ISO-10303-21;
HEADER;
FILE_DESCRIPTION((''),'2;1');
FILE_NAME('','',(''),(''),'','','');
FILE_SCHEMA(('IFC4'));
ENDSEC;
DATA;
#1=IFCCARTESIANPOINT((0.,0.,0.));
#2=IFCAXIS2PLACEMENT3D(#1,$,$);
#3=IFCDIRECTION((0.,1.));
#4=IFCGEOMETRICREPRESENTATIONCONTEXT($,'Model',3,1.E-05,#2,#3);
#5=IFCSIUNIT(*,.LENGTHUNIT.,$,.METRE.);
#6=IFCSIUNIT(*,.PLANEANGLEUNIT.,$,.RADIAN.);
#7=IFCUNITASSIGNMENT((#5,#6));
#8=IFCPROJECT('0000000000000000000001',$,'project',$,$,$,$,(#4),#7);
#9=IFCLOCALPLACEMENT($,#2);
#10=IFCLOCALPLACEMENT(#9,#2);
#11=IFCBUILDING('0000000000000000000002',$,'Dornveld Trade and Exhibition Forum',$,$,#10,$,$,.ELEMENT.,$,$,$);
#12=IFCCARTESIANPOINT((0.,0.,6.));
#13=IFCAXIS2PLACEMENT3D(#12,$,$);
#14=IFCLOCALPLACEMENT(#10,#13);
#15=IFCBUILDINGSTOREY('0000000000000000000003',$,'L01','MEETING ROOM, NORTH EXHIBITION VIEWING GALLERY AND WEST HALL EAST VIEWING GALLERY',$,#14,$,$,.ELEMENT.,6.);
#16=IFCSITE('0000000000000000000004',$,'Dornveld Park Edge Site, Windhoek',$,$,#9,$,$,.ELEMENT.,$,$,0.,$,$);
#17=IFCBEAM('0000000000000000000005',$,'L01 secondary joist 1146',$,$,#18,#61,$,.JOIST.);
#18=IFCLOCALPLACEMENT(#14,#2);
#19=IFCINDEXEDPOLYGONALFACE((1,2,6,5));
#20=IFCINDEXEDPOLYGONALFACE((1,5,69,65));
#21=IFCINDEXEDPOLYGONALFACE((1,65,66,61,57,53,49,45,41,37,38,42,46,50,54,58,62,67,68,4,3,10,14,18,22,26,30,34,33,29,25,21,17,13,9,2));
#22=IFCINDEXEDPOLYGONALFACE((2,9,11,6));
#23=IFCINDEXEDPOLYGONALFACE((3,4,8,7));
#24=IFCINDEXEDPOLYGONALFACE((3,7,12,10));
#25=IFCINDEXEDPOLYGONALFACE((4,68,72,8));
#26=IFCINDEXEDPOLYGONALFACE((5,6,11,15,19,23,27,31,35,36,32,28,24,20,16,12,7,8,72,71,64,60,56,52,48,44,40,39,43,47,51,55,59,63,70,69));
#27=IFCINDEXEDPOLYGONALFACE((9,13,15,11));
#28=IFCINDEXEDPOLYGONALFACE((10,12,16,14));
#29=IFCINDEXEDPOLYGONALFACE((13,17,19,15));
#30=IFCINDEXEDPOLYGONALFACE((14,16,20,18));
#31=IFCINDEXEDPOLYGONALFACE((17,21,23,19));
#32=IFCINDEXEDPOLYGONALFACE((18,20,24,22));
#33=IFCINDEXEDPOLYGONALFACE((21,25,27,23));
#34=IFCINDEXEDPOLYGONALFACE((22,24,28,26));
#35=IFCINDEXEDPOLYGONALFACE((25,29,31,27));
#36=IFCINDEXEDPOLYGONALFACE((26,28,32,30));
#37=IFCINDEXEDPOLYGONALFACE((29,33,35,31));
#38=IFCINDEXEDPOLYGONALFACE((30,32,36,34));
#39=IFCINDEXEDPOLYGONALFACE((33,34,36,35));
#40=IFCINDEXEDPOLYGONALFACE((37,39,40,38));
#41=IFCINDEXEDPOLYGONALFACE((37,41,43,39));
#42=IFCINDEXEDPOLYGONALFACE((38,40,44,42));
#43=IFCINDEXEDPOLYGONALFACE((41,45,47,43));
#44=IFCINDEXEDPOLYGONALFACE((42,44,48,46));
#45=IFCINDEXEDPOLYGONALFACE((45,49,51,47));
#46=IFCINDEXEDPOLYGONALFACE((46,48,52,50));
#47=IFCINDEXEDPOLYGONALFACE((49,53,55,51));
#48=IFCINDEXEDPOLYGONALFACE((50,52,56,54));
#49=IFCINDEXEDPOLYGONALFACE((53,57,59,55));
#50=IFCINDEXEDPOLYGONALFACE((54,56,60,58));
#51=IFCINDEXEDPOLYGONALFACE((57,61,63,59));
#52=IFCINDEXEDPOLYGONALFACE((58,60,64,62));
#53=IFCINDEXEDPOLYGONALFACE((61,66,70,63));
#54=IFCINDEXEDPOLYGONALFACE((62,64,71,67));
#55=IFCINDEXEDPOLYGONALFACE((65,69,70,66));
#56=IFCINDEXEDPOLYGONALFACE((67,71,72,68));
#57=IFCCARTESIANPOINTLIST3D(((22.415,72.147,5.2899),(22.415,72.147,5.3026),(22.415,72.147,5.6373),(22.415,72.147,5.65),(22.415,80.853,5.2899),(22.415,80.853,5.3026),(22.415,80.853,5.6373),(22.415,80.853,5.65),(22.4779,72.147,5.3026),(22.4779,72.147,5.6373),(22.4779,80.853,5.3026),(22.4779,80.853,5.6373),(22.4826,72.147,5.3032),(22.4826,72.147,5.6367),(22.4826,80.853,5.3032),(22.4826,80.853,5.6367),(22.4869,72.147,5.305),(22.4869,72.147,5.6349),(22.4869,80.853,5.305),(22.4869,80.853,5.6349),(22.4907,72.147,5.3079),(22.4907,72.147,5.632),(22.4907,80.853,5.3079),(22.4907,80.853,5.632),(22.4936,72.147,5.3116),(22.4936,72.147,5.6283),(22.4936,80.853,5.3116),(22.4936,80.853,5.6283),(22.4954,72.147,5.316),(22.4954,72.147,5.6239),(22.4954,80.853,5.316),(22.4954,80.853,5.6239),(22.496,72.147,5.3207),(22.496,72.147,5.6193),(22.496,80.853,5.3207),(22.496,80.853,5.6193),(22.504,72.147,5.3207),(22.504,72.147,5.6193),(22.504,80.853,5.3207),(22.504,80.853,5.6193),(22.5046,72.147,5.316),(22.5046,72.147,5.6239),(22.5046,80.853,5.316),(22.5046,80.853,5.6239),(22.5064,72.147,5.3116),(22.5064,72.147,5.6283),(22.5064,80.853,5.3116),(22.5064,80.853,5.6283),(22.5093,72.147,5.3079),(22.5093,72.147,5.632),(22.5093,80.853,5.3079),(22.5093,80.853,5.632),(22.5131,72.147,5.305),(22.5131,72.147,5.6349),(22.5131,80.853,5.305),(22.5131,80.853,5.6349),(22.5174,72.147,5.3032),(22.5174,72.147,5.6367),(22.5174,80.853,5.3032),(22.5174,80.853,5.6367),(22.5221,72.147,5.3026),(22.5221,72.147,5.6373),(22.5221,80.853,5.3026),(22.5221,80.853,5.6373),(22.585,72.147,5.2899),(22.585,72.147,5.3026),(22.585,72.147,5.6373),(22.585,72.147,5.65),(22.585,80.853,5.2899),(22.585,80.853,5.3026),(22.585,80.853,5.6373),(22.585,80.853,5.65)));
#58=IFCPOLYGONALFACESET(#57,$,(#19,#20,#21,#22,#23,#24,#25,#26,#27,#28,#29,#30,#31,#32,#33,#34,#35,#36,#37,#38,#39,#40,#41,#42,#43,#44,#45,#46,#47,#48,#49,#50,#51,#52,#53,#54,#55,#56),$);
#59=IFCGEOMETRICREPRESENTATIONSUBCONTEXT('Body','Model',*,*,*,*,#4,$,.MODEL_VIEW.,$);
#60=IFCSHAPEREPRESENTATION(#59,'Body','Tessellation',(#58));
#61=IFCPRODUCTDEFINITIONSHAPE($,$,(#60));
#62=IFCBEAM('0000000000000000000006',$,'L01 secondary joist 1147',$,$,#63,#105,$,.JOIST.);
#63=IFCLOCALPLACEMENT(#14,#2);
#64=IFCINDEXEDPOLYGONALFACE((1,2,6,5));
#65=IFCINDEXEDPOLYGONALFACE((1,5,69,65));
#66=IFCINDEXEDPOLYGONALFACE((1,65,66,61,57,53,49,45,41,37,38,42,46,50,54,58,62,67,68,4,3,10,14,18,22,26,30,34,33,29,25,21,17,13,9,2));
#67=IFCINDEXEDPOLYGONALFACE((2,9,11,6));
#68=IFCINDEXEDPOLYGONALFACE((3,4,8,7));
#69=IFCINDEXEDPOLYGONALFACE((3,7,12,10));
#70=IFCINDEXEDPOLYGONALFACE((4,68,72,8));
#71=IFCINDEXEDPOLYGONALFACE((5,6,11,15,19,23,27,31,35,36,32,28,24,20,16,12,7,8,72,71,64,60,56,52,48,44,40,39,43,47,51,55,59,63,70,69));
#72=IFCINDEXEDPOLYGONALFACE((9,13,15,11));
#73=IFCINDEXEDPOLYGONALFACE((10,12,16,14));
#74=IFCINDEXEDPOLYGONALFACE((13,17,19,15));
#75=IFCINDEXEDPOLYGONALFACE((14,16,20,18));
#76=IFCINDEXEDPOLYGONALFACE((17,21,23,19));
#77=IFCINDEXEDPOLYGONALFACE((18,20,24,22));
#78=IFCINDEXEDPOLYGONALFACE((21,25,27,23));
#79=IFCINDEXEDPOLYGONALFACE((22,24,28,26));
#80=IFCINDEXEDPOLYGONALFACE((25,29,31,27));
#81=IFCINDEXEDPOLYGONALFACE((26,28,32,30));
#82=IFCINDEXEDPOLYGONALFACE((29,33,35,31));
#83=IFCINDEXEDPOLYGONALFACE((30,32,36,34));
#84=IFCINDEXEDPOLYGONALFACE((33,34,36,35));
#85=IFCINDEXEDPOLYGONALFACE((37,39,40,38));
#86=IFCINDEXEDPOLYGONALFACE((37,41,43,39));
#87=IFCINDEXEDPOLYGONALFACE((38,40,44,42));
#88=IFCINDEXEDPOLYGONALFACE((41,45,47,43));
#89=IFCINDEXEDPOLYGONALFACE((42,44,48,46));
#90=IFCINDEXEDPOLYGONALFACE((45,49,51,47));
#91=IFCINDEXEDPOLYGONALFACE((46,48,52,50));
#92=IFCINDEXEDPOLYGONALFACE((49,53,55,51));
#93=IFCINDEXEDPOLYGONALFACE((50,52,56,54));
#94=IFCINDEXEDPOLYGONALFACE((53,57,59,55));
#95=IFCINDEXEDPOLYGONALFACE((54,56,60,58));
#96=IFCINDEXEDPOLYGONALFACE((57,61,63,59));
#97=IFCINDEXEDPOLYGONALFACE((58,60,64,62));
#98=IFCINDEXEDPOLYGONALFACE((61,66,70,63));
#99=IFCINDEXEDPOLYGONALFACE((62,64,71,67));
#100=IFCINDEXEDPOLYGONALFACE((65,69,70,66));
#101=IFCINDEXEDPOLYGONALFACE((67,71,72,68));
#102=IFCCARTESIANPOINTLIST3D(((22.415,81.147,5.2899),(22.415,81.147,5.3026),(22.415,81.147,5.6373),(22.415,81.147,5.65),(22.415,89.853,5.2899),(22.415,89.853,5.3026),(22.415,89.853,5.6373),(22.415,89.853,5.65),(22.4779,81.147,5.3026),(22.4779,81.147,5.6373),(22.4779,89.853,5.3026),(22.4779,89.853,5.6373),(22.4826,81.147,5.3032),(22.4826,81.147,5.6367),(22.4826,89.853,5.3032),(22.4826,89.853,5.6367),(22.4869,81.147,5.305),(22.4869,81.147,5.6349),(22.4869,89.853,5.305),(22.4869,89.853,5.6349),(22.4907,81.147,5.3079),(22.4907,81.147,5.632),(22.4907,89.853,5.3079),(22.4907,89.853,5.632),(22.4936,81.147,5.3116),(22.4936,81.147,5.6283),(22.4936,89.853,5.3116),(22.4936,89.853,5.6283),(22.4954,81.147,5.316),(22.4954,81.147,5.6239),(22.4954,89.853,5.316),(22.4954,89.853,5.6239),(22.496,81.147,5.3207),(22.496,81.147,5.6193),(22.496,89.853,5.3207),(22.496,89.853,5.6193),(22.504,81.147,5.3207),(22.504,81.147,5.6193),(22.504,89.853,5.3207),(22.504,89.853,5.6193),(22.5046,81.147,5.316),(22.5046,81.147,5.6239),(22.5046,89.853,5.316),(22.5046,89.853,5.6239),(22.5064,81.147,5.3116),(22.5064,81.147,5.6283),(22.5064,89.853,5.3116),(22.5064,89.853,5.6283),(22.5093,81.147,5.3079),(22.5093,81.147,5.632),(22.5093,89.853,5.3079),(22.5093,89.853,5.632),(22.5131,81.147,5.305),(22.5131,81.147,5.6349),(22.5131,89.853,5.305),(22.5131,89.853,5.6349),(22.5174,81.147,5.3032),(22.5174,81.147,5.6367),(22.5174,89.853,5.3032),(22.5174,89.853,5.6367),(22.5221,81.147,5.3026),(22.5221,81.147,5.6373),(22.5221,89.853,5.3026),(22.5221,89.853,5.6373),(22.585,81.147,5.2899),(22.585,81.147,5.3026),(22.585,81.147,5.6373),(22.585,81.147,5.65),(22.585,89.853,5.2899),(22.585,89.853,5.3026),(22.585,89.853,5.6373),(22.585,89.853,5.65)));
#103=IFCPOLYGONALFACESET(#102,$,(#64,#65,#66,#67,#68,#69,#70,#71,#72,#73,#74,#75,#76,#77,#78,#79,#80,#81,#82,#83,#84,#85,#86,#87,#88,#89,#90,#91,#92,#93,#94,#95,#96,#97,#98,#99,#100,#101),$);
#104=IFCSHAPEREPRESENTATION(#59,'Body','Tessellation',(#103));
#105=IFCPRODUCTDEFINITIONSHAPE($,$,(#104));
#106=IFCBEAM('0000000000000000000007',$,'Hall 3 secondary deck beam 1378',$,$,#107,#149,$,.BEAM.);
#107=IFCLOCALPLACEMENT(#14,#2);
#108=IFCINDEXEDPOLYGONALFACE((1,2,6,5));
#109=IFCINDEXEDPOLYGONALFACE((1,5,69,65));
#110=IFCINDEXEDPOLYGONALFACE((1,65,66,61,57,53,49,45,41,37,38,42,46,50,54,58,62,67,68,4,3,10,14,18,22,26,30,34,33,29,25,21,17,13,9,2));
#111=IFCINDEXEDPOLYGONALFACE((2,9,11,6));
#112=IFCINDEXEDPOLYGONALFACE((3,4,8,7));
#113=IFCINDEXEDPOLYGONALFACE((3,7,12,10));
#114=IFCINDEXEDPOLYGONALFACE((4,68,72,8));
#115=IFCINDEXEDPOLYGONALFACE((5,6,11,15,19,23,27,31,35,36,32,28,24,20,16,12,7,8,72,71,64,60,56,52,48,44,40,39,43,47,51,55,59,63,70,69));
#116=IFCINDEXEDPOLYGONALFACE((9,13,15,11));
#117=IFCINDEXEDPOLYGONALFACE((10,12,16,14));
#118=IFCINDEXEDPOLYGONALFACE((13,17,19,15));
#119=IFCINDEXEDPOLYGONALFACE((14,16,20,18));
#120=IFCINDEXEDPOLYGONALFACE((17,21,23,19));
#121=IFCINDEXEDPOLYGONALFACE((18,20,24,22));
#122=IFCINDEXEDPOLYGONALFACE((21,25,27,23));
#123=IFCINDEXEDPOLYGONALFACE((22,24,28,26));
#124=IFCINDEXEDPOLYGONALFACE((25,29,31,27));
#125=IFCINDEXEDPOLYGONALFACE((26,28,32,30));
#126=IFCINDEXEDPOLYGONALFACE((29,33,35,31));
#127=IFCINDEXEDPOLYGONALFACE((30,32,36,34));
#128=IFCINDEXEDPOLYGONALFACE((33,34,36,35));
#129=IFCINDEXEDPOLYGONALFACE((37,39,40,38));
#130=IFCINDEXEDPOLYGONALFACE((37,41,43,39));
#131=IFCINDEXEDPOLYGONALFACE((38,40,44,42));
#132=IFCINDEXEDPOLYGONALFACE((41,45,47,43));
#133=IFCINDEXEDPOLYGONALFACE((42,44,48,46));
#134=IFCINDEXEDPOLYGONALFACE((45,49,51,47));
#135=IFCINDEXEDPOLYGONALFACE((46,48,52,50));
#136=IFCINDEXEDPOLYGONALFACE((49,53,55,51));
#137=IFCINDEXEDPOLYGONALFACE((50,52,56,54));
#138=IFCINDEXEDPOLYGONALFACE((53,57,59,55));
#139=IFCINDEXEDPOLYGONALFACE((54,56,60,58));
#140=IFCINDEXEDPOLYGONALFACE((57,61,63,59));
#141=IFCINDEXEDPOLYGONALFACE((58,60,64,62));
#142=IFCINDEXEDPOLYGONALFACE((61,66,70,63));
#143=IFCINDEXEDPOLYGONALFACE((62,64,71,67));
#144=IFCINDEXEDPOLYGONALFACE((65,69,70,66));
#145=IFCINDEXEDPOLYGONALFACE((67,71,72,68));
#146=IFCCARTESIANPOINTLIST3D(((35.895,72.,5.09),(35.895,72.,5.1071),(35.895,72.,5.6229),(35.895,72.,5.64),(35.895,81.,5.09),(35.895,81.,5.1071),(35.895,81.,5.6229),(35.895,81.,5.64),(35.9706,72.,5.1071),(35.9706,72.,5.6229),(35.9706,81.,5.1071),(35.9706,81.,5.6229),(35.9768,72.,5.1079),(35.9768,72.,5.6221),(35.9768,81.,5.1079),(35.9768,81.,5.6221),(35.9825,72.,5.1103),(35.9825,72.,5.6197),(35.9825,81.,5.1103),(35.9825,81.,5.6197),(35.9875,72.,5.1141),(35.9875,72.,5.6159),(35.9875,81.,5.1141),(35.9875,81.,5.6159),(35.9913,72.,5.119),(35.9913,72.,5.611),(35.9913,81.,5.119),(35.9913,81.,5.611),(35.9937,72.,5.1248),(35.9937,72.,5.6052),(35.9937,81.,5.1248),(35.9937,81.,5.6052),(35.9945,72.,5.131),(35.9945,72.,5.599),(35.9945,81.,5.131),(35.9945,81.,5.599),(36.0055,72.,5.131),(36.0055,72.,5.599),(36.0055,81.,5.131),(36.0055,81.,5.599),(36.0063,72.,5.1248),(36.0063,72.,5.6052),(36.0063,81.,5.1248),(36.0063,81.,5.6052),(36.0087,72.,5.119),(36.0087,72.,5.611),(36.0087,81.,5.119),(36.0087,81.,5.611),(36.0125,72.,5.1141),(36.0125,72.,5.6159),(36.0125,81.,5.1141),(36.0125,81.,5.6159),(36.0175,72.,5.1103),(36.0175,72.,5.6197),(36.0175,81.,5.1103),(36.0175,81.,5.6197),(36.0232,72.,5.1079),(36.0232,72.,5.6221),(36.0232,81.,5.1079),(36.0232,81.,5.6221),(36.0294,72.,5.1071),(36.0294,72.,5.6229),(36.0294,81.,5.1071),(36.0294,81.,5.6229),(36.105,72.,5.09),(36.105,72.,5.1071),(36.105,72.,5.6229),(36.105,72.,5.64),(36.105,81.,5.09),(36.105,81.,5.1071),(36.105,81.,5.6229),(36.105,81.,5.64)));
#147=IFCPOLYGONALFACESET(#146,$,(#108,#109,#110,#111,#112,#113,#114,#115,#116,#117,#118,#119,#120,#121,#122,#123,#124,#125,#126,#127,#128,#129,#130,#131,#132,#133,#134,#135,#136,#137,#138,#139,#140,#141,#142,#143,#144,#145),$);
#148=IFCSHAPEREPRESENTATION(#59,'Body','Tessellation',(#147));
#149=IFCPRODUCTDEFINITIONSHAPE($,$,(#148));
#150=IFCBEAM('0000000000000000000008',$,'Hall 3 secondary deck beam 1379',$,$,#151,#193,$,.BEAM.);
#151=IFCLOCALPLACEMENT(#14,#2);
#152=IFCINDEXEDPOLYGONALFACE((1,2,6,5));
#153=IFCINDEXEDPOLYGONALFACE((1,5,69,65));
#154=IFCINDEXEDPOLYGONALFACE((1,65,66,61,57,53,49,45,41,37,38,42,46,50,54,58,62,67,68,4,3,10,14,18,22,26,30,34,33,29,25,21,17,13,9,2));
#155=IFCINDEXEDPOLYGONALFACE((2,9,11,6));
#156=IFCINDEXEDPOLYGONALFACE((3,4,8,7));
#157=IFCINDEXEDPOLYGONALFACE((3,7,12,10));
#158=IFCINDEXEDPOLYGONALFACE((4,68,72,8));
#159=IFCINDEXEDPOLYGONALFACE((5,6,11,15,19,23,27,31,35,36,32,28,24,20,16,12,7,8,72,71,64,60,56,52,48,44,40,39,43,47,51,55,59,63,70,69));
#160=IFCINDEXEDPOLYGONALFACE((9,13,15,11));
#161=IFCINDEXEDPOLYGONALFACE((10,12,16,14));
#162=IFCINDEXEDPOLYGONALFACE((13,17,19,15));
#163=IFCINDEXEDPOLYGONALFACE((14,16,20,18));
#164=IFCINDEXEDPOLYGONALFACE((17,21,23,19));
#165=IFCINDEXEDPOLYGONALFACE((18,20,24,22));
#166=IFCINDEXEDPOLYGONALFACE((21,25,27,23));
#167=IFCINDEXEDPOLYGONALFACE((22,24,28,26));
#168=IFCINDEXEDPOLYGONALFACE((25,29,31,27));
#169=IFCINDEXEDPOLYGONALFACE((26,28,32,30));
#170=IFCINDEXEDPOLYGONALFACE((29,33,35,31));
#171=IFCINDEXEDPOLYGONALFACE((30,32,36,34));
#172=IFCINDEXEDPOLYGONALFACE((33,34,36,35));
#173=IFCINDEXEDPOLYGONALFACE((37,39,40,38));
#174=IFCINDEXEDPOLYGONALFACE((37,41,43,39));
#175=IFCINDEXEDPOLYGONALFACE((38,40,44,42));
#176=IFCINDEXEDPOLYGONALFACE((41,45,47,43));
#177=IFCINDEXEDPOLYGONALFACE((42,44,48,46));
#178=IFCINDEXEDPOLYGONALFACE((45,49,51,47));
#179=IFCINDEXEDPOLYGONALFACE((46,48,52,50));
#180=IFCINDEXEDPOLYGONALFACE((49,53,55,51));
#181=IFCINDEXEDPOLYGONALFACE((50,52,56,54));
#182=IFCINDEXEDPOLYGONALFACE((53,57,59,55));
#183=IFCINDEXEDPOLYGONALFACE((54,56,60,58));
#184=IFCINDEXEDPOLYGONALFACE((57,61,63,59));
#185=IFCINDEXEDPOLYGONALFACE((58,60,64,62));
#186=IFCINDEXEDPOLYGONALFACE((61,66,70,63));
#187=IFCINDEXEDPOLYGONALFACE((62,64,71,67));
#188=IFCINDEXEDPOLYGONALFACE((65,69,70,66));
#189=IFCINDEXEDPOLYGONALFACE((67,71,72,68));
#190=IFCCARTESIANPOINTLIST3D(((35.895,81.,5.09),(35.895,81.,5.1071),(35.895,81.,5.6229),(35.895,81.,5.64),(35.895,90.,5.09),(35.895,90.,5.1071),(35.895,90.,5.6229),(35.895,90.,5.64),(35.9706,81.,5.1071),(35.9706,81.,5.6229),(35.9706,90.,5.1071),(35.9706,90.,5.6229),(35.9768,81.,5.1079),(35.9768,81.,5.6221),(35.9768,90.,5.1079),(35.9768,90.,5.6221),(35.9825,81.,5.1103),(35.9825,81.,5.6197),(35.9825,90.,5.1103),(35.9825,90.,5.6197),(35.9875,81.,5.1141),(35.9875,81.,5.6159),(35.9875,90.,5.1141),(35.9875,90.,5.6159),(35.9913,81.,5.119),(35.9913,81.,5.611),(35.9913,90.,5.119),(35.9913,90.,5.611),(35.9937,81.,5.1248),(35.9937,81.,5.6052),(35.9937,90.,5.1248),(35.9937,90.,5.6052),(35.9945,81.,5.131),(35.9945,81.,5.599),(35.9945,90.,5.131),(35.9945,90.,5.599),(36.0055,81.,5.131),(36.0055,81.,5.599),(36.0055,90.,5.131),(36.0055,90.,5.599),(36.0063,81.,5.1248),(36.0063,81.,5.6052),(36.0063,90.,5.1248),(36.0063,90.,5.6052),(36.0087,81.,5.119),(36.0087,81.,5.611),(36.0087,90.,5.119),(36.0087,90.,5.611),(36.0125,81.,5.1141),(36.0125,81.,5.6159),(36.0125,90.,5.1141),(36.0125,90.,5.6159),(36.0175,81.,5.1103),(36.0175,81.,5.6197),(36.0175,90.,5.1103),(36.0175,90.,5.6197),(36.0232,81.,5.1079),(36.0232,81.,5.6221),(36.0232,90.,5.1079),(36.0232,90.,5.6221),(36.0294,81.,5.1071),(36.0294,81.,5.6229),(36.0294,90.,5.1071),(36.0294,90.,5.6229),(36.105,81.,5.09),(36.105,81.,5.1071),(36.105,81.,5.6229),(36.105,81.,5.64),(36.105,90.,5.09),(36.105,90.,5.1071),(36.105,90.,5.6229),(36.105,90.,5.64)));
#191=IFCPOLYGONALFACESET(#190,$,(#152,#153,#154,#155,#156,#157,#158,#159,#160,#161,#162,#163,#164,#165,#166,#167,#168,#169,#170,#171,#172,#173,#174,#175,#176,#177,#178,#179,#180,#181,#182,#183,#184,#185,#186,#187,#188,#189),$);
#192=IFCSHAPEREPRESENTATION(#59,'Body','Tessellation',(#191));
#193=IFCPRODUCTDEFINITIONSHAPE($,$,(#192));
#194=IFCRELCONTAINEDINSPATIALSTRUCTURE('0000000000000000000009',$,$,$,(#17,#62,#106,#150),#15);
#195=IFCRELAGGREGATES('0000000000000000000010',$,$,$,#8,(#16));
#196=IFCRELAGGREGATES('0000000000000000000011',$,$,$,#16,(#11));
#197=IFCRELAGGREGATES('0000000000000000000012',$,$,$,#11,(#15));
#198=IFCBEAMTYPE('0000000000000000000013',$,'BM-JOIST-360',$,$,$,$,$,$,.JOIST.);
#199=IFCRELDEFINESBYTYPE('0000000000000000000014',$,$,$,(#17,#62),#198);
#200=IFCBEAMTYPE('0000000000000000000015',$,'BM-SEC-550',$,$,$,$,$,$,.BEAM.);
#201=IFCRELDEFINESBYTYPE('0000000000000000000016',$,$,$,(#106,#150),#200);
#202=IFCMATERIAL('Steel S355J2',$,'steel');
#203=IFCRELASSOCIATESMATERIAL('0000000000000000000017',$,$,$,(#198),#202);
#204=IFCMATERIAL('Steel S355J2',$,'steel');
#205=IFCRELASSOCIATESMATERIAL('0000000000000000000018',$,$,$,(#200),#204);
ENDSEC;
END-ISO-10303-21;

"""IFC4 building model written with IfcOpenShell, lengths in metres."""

from ifc_helpers import new_model, si_unit, direction, frame, origin, origin_2d, place, context, subcontext, project, spatial, i_section, extrude, material, material_profile, profile_set, type_object, element, save


model = new_model("IFC4")

# Units and contexts
model_context = context("Model", 3, precision=1e-05, world=origin(), true_north=direction((0.0, 1.0)))
body_context = subcontext(model_context, "Body", "Model", "MODEL_VIEW")
ifc_project = project(units=[si_unit("LENGTHUNIT", "METRE"), si_unit("PLANEANGLEUNIT", "RADIAN")], contexts=[model_context])

# Site, building, storey
site_placement = place(None, origin())
site = spatial("IfcSite", under=ifc_project, at=site_placement, Name="Dornveld Park Edge Site, Windhoek", CompositionType="ELEMENT", RefElevation=0.0)
building_placement = place(site_placement, origin())
building = spatial("IfcBuilding", under=site, at=building_placement, Name="Dornveld Trade and Exhibition Forum", CompositionType="ELEMENT")
storey_placement = place(building_placement, frame((0.0, 0.0, 6.0)))
storey = spatial("IfcBuildingStorey", under=building, at=storey_placement, Name="L01", Description="MEETING ROOM, NORTH EXHIBITION VIEWING GALLERY AND WEST HALL EAST VIEWING GALLERY", CompositionType="ELEMENT", Elevation=6.0)

# Beams
ifc_material_1 = material(Name="Steel S355J2", Category="steel")
ifc_material_profile_1 = material_profile(ifc_material_1, i_section(OverallWidth=0.1699, OverallDepth=0.3601, WebThickness=0.0081, FlangeThickness=0.0127, FilletRadius=0.0181, at=origin_2d()), Name="IPE 360")
ifc_profile_set_1 = profile_set([ifc_material_profile_1], Name="Steel S355J2")
beam_type_1 = type_object("IfcBeamType", Name="BM-JOIST-360", PredefinedType="JOIST", material=ifc_profile_set_1)
for number, where, z_axis, x_axis, name in (
    (1, (22.5, 72.147, 5.47), (0.0, 1.0, 0.0), (-1.0, 0.0, 0.0), "L01 secondary joist 1146"),
    (2, (22.5, 81.147, 5.47), (0.0, 1.0, 0.0), (-1.0, 0.0, 0.0), "L01 secondary joist 1147"),
):
    element("IfcBeam", number, at=place(storey_placement, frame(where, z_axis=z_axis, x_axis=x_axis)), inside=storey, type_object=beam_type_1, Name=name, PredefinedType="JOIST", context=body_context, shape_type="SweptSolid", body=[
        extrude(i_section(OverallWidth=0.1699, OverallDepth=0.3601, WebThickness=0.0081, FlangeThickness=0.0127, FilletRadius=0.0181, at=origin_2d()), origin(), (0.0, 0.0, 1.0), 8.7061),
    ])
ifc_material_2 = material(Name="Steel S355J2", Category="steel")
ifc_material_profile_2 = material_profile(ifc_material_2, i_section(OverallWidth=0.21, OverallDepth=0.55, WebThickness=0.011, FlangeThickness=0.0171, FilletRadius=0.0239, at=origin_2d()), Name="IPE 550")
ifc_profile_set_2 = profile_set([ifc_material_profile_2], Name="Steel S355J2")
beam_type_2 = type_object("IfcBeamType", Name="BM-SEC-550", PredefinedType="BEAM", material=ifc_profile_set_2)
for number, where, z_axis, x_axis, name in (
    (3, (36.0, 72.0, 5.365), (0.0, 1.0, 0.0), (-1.0, 0.0, 0.0), "Hall 3 secondary deck beam 1378"),
    (4, (36.0, 81.0, 5.365), (0.0, 1.0, 0.0), (-1.0, 0.0, 0.0), "Hall 3 secondary deck beam 1379"),
):
    element("IfcBeam", number, at=place(storey_placement, frame(where, z_axis=z_axis, x_axis=x_axis)), inside=storey, type_object=beam_type_2, Name=name, PredefinedType="BEAM", context=body_context, shape_type="SweptSolid", body=[
        extrude(i_section(OverallWidth=0.21, OverallDepth=0.55, WebThickness=0.011, FlangeThickness=0.0171, FilletRadius=0.0239, at=origin_2d()), origin(), (0.0, 0.0, 1.0), 9.0),
    ])

save(model, "model.ifc")
